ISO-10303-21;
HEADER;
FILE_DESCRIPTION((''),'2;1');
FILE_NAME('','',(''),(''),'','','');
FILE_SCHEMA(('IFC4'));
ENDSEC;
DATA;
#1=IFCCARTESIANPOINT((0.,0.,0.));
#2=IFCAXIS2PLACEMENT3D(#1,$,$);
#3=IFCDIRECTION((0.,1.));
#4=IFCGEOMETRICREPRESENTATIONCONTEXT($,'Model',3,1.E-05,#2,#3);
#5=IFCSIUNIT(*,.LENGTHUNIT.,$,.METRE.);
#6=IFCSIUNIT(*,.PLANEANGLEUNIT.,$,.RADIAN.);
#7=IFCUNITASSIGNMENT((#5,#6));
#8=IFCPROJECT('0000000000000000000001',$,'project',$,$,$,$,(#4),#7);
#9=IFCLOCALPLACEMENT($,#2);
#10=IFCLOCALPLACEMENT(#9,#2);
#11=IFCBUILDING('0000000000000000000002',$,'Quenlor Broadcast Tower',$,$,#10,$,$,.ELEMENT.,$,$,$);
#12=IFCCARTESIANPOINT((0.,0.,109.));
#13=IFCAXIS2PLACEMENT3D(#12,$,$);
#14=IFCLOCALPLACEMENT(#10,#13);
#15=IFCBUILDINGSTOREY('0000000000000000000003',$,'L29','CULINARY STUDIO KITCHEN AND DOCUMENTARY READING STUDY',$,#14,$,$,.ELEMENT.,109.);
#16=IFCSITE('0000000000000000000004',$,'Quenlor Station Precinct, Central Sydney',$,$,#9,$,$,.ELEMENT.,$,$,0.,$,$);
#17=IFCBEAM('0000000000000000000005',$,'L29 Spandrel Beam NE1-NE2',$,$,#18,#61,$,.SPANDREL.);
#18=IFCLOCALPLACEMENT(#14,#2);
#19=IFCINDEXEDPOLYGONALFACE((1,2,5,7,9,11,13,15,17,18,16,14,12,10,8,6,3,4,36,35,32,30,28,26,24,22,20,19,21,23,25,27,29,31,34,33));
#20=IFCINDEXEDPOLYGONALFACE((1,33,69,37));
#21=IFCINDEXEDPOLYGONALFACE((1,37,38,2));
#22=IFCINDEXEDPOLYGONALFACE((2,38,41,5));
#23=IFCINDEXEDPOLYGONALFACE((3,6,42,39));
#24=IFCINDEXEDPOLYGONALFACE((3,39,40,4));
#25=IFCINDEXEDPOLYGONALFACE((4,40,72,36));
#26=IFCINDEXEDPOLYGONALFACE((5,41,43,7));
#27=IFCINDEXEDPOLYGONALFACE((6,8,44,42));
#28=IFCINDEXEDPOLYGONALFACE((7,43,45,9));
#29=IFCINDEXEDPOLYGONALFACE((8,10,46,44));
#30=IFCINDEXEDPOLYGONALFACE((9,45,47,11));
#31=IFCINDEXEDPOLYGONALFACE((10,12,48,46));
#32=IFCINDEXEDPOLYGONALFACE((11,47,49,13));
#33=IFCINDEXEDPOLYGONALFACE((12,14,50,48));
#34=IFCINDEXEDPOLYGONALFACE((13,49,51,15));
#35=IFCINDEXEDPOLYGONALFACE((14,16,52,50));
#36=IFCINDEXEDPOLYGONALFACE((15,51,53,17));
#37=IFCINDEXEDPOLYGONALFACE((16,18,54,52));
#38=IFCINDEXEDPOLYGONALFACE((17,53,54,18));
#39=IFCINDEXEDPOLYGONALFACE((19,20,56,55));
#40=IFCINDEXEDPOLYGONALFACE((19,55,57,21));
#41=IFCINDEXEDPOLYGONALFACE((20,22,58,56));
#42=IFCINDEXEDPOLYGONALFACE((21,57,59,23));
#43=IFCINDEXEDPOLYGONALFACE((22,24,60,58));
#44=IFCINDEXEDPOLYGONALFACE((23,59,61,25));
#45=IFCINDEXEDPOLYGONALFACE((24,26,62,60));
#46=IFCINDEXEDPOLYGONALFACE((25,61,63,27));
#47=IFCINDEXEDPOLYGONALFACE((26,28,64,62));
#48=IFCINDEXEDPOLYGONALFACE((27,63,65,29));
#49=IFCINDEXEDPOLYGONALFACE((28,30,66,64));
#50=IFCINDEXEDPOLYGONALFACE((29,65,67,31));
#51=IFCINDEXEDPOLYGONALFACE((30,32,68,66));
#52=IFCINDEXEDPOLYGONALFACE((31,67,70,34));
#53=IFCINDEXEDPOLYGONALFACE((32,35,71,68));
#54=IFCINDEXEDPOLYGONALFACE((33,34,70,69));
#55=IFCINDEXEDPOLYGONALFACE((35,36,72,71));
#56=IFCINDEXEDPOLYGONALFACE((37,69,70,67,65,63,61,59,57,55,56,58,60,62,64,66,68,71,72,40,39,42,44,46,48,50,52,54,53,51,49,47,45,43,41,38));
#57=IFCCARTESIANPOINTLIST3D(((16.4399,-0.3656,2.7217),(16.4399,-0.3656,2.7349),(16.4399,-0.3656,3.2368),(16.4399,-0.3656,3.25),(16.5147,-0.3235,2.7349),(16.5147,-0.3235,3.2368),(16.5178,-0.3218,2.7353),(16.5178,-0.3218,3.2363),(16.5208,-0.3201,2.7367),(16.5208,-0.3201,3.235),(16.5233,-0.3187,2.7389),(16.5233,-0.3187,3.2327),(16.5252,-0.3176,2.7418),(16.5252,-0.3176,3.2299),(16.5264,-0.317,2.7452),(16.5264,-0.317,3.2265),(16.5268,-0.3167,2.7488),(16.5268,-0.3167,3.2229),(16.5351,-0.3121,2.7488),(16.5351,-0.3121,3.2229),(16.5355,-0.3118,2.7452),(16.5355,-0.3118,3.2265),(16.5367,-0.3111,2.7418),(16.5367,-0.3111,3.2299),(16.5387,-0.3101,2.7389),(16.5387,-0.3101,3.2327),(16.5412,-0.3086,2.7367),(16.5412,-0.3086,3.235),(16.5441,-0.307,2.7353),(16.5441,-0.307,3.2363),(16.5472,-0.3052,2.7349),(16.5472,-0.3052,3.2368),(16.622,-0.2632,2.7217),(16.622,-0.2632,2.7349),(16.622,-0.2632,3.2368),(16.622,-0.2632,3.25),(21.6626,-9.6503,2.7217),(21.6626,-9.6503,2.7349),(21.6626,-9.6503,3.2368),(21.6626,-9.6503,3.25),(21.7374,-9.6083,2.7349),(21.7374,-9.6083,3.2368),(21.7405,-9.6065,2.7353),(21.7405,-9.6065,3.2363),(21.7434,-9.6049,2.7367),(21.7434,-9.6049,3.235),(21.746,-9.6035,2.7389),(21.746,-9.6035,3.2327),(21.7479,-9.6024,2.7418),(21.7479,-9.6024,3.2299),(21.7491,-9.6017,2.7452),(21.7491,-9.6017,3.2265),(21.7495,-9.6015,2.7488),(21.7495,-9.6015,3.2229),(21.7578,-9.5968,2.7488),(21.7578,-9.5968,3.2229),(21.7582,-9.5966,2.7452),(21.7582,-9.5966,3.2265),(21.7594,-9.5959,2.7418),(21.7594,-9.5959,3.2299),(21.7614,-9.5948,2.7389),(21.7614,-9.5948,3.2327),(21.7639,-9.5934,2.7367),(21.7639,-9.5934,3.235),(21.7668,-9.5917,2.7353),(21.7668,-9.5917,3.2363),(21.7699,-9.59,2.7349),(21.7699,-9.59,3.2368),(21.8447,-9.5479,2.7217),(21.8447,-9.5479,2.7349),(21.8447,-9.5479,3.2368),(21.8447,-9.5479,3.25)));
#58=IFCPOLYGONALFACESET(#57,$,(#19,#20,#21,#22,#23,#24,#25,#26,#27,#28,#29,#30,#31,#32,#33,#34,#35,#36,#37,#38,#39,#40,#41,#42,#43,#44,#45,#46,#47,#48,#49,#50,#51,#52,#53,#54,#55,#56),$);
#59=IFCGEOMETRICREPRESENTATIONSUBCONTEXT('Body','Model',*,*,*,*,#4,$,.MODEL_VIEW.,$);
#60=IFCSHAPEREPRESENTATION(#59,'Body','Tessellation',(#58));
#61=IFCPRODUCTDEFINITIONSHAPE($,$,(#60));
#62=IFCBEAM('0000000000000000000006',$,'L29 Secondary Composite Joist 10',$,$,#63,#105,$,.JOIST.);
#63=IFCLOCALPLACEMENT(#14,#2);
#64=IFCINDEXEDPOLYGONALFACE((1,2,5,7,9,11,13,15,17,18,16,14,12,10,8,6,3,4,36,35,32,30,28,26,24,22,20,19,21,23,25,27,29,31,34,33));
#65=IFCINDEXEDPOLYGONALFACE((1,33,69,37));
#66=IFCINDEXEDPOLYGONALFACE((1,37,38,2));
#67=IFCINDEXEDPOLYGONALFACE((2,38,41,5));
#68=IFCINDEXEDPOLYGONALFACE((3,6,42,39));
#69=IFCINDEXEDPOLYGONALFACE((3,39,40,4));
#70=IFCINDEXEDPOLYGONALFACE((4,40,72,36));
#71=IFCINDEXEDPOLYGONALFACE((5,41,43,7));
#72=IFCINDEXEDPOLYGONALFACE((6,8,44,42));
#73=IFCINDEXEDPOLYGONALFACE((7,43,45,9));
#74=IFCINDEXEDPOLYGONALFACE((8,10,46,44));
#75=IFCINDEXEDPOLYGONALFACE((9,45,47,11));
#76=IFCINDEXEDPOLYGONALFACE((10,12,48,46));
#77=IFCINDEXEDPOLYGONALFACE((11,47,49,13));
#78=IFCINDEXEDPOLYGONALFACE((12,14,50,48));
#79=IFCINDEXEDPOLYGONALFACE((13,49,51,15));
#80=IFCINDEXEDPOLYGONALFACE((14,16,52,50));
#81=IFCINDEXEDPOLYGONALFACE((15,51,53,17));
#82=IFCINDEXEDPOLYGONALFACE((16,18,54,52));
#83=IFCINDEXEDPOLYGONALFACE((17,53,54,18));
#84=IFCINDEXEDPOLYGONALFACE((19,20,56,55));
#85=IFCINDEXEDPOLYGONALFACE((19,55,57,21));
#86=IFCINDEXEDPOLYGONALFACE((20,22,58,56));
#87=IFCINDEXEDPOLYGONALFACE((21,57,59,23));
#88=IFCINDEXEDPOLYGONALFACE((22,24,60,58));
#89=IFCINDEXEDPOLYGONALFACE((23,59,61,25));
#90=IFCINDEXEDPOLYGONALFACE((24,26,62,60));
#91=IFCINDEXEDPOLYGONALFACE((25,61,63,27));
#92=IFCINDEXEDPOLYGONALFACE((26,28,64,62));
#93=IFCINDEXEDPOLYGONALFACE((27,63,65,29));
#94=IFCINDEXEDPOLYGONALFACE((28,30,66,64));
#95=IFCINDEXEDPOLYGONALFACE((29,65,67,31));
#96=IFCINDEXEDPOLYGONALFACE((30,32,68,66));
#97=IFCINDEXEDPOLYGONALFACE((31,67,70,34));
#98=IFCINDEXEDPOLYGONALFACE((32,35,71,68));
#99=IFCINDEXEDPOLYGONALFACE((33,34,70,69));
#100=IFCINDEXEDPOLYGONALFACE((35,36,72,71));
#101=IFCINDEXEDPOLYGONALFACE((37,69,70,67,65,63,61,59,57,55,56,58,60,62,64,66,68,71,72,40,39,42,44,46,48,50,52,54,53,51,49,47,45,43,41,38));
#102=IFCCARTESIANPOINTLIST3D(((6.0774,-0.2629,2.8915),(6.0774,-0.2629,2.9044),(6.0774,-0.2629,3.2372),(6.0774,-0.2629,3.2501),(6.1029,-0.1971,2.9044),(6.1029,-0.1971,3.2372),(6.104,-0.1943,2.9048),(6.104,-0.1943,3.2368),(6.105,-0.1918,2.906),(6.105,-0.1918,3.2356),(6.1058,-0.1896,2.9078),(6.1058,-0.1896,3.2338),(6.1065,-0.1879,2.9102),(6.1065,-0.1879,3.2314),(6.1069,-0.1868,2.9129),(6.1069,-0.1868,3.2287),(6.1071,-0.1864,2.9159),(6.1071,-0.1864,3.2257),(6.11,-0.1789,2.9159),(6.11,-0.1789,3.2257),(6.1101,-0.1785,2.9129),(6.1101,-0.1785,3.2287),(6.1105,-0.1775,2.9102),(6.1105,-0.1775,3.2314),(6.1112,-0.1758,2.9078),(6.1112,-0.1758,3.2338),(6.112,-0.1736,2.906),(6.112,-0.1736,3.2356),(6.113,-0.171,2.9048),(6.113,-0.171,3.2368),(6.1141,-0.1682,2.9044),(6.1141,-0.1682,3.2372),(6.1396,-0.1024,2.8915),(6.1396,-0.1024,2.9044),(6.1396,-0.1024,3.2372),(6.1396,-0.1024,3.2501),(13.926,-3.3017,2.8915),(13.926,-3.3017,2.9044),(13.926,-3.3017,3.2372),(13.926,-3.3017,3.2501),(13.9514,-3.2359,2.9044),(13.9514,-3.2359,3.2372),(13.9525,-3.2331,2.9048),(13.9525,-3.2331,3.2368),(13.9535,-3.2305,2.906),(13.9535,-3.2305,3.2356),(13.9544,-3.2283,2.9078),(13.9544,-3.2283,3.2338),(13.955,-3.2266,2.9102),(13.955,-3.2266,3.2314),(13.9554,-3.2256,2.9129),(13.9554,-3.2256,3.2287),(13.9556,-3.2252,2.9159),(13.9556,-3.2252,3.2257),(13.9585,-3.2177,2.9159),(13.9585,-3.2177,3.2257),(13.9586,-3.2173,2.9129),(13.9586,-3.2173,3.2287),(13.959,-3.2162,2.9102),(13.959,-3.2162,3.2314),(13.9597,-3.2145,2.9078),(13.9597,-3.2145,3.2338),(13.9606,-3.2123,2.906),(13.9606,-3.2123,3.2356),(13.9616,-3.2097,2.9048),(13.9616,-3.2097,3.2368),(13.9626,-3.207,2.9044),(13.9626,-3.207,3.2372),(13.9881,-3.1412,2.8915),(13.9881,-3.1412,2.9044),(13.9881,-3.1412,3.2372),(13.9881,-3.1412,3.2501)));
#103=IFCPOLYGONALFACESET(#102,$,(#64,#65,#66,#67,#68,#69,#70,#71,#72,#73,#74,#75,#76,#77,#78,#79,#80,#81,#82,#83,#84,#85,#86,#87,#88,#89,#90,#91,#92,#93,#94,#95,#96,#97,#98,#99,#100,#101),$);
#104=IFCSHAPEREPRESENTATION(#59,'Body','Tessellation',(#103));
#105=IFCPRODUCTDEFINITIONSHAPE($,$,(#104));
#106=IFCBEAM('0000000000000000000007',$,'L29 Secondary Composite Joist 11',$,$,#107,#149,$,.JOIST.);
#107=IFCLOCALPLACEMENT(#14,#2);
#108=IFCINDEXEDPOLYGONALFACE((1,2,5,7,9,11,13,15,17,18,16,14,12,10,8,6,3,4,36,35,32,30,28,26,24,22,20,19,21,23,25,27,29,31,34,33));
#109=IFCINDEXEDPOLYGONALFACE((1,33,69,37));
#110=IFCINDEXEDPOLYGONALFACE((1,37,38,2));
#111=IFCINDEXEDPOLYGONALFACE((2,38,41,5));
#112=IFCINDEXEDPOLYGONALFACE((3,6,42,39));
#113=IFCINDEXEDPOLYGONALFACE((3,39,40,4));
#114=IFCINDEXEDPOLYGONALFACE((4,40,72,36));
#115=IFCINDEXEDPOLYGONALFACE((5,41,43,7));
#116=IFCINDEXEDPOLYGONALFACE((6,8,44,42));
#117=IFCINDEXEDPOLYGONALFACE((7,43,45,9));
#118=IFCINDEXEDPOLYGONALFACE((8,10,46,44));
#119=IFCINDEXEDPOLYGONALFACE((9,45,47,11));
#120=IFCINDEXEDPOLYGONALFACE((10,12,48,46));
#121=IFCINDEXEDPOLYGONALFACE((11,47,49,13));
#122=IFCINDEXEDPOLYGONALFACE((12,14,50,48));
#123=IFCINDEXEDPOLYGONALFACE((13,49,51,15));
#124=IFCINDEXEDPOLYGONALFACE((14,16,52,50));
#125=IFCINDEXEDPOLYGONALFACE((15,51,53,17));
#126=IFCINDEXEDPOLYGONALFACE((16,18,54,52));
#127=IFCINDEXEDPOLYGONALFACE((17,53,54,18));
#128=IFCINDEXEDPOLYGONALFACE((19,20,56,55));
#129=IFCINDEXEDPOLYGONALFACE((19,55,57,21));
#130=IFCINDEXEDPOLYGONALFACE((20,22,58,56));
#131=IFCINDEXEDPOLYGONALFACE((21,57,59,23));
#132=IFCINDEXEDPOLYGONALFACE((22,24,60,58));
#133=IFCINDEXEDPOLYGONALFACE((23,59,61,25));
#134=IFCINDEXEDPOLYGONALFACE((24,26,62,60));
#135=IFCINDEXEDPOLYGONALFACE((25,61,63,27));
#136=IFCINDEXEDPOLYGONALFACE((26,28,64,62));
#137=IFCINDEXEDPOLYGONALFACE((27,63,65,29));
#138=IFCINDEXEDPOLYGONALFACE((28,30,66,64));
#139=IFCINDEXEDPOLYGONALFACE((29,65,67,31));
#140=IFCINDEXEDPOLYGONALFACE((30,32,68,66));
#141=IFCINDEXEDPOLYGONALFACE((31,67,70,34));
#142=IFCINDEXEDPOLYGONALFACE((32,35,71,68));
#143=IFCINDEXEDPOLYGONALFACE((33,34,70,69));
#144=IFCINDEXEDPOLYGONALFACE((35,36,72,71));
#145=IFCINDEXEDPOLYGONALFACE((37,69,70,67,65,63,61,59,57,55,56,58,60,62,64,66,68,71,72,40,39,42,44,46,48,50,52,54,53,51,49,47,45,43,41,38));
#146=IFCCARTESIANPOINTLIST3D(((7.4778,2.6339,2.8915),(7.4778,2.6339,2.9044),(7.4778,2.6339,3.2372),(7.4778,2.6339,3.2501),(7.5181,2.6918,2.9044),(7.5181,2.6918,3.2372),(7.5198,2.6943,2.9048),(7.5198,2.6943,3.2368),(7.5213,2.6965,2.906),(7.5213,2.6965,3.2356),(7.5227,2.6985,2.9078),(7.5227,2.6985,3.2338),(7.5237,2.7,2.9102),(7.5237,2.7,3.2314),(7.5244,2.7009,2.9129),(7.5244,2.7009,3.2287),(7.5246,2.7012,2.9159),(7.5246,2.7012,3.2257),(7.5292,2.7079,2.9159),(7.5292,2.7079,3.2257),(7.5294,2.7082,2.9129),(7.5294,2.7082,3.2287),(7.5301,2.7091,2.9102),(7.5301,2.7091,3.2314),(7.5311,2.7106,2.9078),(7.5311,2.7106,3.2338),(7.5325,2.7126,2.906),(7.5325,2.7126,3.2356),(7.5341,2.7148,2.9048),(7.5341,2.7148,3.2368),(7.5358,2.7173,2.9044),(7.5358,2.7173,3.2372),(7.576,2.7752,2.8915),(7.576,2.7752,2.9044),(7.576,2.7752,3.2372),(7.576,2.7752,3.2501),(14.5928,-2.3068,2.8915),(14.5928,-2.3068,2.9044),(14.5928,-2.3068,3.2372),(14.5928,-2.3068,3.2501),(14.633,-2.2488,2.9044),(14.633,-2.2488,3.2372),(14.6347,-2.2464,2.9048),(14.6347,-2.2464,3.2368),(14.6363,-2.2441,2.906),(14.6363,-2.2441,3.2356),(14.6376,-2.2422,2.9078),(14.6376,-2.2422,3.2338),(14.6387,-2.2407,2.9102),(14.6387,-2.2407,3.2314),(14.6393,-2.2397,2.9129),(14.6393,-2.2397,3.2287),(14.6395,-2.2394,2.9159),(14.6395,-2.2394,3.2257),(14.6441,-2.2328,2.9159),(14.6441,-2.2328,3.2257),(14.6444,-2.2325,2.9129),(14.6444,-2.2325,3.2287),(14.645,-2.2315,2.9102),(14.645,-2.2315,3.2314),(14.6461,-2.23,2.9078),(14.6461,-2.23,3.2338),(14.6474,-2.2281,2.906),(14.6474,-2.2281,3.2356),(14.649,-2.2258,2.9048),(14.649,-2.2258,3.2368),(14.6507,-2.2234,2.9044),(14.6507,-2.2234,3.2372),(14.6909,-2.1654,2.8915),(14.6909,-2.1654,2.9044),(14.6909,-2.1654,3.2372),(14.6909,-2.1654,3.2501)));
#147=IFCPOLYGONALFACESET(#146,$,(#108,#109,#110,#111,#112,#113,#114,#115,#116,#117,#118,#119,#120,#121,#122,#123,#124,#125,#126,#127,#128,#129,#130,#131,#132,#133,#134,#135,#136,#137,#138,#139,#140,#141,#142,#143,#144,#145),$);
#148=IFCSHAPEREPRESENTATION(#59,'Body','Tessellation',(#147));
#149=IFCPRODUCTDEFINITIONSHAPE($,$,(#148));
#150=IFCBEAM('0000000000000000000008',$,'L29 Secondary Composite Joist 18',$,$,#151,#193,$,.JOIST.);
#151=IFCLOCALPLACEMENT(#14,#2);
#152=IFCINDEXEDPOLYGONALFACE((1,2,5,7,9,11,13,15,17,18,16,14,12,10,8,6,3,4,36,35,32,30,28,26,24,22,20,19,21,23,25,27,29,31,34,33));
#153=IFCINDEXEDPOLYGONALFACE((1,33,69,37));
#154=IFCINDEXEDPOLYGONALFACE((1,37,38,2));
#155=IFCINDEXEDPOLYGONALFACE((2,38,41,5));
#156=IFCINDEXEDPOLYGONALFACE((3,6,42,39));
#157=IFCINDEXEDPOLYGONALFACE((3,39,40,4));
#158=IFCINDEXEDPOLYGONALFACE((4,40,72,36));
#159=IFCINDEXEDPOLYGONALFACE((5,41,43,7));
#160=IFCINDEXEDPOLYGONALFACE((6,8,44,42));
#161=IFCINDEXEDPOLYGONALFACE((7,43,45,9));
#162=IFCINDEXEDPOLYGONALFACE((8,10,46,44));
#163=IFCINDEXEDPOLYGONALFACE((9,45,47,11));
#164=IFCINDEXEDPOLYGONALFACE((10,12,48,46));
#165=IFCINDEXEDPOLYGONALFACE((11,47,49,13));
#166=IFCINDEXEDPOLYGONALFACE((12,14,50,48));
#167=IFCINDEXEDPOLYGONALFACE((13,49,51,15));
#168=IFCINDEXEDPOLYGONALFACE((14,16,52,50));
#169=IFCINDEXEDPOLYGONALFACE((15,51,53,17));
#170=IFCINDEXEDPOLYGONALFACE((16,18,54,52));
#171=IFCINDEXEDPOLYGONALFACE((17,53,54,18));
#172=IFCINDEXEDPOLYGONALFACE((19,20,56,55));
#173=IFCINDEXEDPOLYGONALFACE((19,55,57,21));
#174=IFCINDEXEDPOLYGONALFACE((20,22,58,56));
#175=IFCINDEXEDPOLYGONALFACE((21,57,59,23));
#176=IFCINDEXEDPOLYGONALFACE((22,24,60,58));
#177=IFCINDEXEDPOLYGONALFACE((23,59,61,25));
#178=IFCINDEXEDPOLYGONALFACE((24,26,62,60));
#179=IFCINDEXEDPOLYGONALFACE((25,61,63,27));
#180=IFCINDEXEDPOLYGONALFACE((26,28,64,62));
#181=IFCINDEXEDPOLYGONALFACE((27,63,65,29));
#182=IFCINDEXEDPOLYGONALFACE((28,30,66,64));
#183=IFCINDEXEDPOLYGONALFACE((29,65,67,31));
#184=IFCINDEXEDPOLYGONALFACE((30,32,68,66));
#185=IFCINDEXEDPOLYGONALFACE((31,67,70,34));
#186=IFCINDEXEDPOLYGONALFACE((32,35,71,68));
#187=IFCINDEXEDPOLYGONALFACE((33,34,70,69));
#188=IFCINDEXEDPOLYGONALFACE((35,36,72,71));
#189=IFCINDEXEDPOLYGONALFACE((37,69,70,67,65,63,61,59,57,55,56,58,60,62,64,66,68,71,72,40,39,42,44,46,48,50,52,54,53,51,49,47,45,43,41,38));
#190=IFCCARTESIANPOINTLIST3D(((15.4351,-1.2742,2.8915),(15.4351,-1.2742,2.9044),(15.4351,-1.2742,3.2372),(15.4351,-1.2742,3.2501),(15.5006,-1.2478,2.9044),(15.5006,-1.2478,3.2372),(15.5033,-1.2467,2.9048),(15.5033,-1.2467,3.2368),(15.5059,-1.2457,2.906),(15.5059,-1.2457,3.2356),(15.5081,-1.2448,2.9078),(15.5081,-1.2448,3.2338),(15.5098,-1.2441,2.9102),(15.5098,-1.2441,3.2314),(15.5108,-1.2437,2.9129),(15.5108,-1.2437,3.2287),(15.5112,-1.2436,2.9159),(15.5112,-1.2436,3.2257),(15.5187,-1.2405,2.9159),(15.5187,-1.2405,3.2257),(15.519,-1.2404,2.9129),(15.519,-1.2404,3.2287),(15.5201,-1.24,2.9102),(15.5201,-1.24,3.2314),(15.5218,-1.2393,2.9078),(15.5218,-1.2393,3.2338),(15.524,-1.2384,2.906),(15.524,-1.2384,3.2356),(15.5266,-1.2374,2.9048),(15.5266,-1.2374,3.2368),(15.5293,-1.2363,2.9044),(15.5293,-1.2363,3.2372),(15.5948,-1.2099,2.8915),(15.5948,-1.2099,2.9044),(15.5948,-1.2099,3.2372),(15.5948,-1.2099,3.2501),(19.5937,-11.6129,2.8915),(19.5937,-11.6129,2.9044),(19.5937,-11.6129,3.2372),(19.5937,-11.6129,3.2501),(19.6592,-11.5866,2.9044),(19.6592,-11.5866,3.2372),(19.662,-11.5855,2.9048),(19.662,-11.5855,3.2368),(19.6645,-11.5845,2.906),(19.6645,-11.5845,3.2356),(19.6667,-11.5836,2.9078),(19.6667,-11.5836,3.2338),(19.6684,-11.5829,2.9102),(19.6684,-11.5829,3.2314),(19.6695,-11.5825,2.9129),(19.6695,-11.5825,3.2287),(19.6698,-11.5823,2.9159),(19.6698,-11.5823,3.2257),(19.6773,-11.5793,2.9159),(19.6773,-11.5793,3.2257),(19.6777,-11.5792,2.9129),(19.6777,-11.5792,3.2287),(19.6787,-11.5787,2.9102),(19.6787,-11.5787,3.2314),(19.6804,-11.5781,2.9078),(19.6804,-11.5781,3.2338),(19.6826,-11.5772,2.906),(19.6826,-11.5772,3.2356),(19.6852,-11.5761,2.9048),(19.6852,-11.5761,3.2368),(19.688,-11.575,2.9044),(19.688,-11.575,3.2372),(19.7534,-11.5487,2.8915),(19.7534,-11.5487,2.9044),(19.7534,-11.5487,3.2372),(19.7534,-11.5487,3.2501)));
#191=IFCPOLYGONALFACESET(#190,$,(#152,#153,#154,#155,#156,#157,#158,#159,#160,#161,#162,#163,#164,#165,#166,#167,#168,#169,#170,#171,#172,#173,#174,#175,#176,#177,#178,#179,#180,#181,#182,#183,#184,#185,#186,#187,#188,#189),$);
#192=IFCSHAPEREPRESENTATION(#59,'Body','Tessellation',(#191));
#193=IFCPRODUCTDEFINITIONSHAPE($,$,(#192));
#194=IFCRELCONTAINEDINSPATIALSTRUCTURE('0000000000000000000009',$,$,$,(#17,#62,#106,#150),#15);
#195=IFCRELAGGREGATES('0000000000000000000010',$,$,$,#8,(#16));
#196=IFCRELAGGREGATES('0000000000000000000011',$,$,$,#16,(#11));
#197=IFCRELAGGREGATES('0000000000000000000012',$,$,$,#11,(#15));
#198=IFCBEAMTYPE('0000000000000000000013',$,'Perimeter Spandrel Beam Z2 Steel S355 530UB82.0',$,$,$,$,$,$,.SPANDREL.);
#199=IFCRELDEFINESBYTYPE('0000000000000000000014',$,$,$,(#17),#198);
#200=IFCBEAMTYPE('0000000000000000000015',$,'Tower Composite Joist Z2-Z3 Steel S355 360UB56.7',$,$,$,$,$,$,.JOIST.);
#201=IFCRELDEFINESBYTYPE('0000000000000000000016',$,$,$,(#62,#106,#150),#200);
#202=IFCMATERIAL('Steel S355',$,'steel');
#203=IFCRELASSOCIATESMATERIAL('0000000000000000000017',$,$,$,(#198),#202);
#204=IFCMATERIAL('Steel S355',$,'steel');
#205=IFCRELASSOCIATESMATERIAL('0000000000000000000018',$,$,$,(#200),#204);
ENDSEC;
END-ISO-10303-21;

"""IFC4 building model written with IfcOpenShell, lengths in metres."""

from ifc_helpers import new_model, si_unit, direction, frame, origin, origin_2d, place, context, subcontext, project, spatial, i_section, extrude, material, material_profile, profile_set, type_object, element, save


model = new_model("IFC4")

# Units and contexts
model_context = context("Model", 3, precision=1e-05, world=origin(), true_north=direction((0.0, 1.0)))
body_context = subcontext(model_context, "Body", "Model", "MODEL_VIEW")
ifc_project = project(units=[si_unit("LENGTHUNIT", "METRE"), si_unit("PLANEANGLEUNIT", "RADIAN")], contexts=[model_context])

# Site, building, storey
site_placement = place(None, origin())
site = spatial("IfcSite", under=ifc_project, at=site_placement, Name="Quenlor Station Precinct, Central Sydney", CompositionType="ELEMENT", RefElevation=0.0)
building_placement = place(site_placement, origin())
building = spatial("IfcBuilding", under=site, at=building_placement, Name="Quenlor Broadcast Tower", CompositionType="ELEMENT")
storey_placement = place(building_placement, frame((0.0, 0.0, 109.0)))
storey = spatial("IfcBuildingStorey", under=building, at=storey_placement, Name="L29", Description="CULINARY STUDIO KITCHEN AND DOCUMENTARY READING STUDY", CompositionType="ELEMENT", Elevation=109.0)

# Beams
ifc_material_1 = material(Name="Steel S355", Category="steel")
ifc_material_profile_1 = material_profile(ifc_material_1, i_section(OverallWidth=0.209, OverallDepth=0.5283, WebThickness=0.0095, FlangeThickness=0.0132, FilletRadius=0.0139, at=origin_2d()))
ifc_profile_set_1 = profile_set([ifc_material_profile_1], Name="Steel S355 530UB82.0")
beam_type_1 = type_object("IfcBeamType", Name="Perimeter Spandrel Beam Z2 Steel S355 530UB82.0", PredefinedType="SPANDREL", material=ifc_profile_set_1)
beam_1_placement = place(storey_placement, frame((21.7537, -9.5991, 2.9858), z_axis=(-0.490263, 0.871574, 0.0), x_axis=(-0.871574, -0.490263, 0.0)))
element("IfcBeam", 1, at=beam_1_placement, inside=storey, type_object=beam_type_1, Name="L29 Spandrel Beam NE1-NE2", PredefinedType="SPANDREL", context=body_context, shape_type="SweptSolid", body=[
    extrude(i_section(OverallWidth=0.209, OverallDepth=0.5283, WebThickness=0.0095, FlangeThickness=0.0132, FilletRadius=0.0139, at=origin_2d()), origin(), (0.0, 0.0, 1.0), 10.6528),
])
ifc_material_2 = material(Name="Steel S355", Category="steel")
ifc_material_profile_2 = material_profile(ifc_material_2, i_section(OverallWidth=0.1721, OverallDepth=0.3586, WebThickness=0.0081, FlangeThickness=0.0129, FilletRadius=0.0115, at=origin_2d()))
ifc_profile_set_2 = profile_set([ifc_material_profile_2], Name="Steel S355 360UB56.7")
beam_type_2 = type_object("IfcBeamType", Name="Tower Composite Joist Z2-Z3 Steel S355 360UB56.7", PredefinedType="JOIST", material=ifc_profile_set_2)
beam_2_placement = place(storey_placement, frame((13.957, -3.2214, 3.0708), z_axis=(-0.932543, 0.36106, 0.0), x_axis=(-0.36106, -0.932543, 0.0)))
element("IfcBeam", 2, at=beam_2_placement, inside=storey, type_object=beam_type_2, Name="L29 Secondary Composite Joist 10", PredefinedType="JOIST", context=body_context, shape_type="SweptSolid", body=[
    extrude(i_section(OverallWidth=0.1721, OverallDepth=0.3586, WebThickness=0.0081, FlangeThickness=0.0129, FilletRadius=0.0115, at=origin_2d()), origin(), (0.0, 0.0, 1.0), 8.4163),
])
beam_3_placement = place(storey_placement, frame((14.6418, -2.2361, 3.0708), z_axis=(-0.821386, 0.570373, 0.0), x_axis=(-0.570373, -0.821386, 0.0)))
element("IfcBeam", 3, at=beam_3_placement, inside=storey, type_object=beam_type_2, Name="L29 Secondary Composite Joist 11", PredefinedType="JOIST", context=body_context, shape_type="SweptSolid", body=[
    extrude(i_section(OverallWidth=0.1721, OverallDepth=0.3586, WebThickness=0.0081, FlangeThickness=0.0129, FilletRadius=0.0115, at=origin_2d()), origin(), (0.0, 0.0, 1.0), 8.6621),
])
beam_4_placement = place(storey_placement, frame((19.6736, -11.5808, 3.0708), z_axis=(-0.37318, 0.927759, 0.0), x_axis=(-0.927759, -0.37318, 0.0)))
element("IfcBeam", 4, at=beam_4_placement, inside=storey, type_object=beam_type_2, Name="L29 Secondary Composite Joist 18", PredefinedType="JOIST", context=body_context, shape_type="SweptSolid", body=[
    extrude(i_section(OverallWidth=0.1721, OverallDepth=0.3586, WebThickness=0.0081, FlangeThickness=0.0129, FilletRadius=0.0115, at=origin_2d()), origin(), (0.0, 0.0, 1.0), 11.1438),
])

save(model, "model.ifc")
